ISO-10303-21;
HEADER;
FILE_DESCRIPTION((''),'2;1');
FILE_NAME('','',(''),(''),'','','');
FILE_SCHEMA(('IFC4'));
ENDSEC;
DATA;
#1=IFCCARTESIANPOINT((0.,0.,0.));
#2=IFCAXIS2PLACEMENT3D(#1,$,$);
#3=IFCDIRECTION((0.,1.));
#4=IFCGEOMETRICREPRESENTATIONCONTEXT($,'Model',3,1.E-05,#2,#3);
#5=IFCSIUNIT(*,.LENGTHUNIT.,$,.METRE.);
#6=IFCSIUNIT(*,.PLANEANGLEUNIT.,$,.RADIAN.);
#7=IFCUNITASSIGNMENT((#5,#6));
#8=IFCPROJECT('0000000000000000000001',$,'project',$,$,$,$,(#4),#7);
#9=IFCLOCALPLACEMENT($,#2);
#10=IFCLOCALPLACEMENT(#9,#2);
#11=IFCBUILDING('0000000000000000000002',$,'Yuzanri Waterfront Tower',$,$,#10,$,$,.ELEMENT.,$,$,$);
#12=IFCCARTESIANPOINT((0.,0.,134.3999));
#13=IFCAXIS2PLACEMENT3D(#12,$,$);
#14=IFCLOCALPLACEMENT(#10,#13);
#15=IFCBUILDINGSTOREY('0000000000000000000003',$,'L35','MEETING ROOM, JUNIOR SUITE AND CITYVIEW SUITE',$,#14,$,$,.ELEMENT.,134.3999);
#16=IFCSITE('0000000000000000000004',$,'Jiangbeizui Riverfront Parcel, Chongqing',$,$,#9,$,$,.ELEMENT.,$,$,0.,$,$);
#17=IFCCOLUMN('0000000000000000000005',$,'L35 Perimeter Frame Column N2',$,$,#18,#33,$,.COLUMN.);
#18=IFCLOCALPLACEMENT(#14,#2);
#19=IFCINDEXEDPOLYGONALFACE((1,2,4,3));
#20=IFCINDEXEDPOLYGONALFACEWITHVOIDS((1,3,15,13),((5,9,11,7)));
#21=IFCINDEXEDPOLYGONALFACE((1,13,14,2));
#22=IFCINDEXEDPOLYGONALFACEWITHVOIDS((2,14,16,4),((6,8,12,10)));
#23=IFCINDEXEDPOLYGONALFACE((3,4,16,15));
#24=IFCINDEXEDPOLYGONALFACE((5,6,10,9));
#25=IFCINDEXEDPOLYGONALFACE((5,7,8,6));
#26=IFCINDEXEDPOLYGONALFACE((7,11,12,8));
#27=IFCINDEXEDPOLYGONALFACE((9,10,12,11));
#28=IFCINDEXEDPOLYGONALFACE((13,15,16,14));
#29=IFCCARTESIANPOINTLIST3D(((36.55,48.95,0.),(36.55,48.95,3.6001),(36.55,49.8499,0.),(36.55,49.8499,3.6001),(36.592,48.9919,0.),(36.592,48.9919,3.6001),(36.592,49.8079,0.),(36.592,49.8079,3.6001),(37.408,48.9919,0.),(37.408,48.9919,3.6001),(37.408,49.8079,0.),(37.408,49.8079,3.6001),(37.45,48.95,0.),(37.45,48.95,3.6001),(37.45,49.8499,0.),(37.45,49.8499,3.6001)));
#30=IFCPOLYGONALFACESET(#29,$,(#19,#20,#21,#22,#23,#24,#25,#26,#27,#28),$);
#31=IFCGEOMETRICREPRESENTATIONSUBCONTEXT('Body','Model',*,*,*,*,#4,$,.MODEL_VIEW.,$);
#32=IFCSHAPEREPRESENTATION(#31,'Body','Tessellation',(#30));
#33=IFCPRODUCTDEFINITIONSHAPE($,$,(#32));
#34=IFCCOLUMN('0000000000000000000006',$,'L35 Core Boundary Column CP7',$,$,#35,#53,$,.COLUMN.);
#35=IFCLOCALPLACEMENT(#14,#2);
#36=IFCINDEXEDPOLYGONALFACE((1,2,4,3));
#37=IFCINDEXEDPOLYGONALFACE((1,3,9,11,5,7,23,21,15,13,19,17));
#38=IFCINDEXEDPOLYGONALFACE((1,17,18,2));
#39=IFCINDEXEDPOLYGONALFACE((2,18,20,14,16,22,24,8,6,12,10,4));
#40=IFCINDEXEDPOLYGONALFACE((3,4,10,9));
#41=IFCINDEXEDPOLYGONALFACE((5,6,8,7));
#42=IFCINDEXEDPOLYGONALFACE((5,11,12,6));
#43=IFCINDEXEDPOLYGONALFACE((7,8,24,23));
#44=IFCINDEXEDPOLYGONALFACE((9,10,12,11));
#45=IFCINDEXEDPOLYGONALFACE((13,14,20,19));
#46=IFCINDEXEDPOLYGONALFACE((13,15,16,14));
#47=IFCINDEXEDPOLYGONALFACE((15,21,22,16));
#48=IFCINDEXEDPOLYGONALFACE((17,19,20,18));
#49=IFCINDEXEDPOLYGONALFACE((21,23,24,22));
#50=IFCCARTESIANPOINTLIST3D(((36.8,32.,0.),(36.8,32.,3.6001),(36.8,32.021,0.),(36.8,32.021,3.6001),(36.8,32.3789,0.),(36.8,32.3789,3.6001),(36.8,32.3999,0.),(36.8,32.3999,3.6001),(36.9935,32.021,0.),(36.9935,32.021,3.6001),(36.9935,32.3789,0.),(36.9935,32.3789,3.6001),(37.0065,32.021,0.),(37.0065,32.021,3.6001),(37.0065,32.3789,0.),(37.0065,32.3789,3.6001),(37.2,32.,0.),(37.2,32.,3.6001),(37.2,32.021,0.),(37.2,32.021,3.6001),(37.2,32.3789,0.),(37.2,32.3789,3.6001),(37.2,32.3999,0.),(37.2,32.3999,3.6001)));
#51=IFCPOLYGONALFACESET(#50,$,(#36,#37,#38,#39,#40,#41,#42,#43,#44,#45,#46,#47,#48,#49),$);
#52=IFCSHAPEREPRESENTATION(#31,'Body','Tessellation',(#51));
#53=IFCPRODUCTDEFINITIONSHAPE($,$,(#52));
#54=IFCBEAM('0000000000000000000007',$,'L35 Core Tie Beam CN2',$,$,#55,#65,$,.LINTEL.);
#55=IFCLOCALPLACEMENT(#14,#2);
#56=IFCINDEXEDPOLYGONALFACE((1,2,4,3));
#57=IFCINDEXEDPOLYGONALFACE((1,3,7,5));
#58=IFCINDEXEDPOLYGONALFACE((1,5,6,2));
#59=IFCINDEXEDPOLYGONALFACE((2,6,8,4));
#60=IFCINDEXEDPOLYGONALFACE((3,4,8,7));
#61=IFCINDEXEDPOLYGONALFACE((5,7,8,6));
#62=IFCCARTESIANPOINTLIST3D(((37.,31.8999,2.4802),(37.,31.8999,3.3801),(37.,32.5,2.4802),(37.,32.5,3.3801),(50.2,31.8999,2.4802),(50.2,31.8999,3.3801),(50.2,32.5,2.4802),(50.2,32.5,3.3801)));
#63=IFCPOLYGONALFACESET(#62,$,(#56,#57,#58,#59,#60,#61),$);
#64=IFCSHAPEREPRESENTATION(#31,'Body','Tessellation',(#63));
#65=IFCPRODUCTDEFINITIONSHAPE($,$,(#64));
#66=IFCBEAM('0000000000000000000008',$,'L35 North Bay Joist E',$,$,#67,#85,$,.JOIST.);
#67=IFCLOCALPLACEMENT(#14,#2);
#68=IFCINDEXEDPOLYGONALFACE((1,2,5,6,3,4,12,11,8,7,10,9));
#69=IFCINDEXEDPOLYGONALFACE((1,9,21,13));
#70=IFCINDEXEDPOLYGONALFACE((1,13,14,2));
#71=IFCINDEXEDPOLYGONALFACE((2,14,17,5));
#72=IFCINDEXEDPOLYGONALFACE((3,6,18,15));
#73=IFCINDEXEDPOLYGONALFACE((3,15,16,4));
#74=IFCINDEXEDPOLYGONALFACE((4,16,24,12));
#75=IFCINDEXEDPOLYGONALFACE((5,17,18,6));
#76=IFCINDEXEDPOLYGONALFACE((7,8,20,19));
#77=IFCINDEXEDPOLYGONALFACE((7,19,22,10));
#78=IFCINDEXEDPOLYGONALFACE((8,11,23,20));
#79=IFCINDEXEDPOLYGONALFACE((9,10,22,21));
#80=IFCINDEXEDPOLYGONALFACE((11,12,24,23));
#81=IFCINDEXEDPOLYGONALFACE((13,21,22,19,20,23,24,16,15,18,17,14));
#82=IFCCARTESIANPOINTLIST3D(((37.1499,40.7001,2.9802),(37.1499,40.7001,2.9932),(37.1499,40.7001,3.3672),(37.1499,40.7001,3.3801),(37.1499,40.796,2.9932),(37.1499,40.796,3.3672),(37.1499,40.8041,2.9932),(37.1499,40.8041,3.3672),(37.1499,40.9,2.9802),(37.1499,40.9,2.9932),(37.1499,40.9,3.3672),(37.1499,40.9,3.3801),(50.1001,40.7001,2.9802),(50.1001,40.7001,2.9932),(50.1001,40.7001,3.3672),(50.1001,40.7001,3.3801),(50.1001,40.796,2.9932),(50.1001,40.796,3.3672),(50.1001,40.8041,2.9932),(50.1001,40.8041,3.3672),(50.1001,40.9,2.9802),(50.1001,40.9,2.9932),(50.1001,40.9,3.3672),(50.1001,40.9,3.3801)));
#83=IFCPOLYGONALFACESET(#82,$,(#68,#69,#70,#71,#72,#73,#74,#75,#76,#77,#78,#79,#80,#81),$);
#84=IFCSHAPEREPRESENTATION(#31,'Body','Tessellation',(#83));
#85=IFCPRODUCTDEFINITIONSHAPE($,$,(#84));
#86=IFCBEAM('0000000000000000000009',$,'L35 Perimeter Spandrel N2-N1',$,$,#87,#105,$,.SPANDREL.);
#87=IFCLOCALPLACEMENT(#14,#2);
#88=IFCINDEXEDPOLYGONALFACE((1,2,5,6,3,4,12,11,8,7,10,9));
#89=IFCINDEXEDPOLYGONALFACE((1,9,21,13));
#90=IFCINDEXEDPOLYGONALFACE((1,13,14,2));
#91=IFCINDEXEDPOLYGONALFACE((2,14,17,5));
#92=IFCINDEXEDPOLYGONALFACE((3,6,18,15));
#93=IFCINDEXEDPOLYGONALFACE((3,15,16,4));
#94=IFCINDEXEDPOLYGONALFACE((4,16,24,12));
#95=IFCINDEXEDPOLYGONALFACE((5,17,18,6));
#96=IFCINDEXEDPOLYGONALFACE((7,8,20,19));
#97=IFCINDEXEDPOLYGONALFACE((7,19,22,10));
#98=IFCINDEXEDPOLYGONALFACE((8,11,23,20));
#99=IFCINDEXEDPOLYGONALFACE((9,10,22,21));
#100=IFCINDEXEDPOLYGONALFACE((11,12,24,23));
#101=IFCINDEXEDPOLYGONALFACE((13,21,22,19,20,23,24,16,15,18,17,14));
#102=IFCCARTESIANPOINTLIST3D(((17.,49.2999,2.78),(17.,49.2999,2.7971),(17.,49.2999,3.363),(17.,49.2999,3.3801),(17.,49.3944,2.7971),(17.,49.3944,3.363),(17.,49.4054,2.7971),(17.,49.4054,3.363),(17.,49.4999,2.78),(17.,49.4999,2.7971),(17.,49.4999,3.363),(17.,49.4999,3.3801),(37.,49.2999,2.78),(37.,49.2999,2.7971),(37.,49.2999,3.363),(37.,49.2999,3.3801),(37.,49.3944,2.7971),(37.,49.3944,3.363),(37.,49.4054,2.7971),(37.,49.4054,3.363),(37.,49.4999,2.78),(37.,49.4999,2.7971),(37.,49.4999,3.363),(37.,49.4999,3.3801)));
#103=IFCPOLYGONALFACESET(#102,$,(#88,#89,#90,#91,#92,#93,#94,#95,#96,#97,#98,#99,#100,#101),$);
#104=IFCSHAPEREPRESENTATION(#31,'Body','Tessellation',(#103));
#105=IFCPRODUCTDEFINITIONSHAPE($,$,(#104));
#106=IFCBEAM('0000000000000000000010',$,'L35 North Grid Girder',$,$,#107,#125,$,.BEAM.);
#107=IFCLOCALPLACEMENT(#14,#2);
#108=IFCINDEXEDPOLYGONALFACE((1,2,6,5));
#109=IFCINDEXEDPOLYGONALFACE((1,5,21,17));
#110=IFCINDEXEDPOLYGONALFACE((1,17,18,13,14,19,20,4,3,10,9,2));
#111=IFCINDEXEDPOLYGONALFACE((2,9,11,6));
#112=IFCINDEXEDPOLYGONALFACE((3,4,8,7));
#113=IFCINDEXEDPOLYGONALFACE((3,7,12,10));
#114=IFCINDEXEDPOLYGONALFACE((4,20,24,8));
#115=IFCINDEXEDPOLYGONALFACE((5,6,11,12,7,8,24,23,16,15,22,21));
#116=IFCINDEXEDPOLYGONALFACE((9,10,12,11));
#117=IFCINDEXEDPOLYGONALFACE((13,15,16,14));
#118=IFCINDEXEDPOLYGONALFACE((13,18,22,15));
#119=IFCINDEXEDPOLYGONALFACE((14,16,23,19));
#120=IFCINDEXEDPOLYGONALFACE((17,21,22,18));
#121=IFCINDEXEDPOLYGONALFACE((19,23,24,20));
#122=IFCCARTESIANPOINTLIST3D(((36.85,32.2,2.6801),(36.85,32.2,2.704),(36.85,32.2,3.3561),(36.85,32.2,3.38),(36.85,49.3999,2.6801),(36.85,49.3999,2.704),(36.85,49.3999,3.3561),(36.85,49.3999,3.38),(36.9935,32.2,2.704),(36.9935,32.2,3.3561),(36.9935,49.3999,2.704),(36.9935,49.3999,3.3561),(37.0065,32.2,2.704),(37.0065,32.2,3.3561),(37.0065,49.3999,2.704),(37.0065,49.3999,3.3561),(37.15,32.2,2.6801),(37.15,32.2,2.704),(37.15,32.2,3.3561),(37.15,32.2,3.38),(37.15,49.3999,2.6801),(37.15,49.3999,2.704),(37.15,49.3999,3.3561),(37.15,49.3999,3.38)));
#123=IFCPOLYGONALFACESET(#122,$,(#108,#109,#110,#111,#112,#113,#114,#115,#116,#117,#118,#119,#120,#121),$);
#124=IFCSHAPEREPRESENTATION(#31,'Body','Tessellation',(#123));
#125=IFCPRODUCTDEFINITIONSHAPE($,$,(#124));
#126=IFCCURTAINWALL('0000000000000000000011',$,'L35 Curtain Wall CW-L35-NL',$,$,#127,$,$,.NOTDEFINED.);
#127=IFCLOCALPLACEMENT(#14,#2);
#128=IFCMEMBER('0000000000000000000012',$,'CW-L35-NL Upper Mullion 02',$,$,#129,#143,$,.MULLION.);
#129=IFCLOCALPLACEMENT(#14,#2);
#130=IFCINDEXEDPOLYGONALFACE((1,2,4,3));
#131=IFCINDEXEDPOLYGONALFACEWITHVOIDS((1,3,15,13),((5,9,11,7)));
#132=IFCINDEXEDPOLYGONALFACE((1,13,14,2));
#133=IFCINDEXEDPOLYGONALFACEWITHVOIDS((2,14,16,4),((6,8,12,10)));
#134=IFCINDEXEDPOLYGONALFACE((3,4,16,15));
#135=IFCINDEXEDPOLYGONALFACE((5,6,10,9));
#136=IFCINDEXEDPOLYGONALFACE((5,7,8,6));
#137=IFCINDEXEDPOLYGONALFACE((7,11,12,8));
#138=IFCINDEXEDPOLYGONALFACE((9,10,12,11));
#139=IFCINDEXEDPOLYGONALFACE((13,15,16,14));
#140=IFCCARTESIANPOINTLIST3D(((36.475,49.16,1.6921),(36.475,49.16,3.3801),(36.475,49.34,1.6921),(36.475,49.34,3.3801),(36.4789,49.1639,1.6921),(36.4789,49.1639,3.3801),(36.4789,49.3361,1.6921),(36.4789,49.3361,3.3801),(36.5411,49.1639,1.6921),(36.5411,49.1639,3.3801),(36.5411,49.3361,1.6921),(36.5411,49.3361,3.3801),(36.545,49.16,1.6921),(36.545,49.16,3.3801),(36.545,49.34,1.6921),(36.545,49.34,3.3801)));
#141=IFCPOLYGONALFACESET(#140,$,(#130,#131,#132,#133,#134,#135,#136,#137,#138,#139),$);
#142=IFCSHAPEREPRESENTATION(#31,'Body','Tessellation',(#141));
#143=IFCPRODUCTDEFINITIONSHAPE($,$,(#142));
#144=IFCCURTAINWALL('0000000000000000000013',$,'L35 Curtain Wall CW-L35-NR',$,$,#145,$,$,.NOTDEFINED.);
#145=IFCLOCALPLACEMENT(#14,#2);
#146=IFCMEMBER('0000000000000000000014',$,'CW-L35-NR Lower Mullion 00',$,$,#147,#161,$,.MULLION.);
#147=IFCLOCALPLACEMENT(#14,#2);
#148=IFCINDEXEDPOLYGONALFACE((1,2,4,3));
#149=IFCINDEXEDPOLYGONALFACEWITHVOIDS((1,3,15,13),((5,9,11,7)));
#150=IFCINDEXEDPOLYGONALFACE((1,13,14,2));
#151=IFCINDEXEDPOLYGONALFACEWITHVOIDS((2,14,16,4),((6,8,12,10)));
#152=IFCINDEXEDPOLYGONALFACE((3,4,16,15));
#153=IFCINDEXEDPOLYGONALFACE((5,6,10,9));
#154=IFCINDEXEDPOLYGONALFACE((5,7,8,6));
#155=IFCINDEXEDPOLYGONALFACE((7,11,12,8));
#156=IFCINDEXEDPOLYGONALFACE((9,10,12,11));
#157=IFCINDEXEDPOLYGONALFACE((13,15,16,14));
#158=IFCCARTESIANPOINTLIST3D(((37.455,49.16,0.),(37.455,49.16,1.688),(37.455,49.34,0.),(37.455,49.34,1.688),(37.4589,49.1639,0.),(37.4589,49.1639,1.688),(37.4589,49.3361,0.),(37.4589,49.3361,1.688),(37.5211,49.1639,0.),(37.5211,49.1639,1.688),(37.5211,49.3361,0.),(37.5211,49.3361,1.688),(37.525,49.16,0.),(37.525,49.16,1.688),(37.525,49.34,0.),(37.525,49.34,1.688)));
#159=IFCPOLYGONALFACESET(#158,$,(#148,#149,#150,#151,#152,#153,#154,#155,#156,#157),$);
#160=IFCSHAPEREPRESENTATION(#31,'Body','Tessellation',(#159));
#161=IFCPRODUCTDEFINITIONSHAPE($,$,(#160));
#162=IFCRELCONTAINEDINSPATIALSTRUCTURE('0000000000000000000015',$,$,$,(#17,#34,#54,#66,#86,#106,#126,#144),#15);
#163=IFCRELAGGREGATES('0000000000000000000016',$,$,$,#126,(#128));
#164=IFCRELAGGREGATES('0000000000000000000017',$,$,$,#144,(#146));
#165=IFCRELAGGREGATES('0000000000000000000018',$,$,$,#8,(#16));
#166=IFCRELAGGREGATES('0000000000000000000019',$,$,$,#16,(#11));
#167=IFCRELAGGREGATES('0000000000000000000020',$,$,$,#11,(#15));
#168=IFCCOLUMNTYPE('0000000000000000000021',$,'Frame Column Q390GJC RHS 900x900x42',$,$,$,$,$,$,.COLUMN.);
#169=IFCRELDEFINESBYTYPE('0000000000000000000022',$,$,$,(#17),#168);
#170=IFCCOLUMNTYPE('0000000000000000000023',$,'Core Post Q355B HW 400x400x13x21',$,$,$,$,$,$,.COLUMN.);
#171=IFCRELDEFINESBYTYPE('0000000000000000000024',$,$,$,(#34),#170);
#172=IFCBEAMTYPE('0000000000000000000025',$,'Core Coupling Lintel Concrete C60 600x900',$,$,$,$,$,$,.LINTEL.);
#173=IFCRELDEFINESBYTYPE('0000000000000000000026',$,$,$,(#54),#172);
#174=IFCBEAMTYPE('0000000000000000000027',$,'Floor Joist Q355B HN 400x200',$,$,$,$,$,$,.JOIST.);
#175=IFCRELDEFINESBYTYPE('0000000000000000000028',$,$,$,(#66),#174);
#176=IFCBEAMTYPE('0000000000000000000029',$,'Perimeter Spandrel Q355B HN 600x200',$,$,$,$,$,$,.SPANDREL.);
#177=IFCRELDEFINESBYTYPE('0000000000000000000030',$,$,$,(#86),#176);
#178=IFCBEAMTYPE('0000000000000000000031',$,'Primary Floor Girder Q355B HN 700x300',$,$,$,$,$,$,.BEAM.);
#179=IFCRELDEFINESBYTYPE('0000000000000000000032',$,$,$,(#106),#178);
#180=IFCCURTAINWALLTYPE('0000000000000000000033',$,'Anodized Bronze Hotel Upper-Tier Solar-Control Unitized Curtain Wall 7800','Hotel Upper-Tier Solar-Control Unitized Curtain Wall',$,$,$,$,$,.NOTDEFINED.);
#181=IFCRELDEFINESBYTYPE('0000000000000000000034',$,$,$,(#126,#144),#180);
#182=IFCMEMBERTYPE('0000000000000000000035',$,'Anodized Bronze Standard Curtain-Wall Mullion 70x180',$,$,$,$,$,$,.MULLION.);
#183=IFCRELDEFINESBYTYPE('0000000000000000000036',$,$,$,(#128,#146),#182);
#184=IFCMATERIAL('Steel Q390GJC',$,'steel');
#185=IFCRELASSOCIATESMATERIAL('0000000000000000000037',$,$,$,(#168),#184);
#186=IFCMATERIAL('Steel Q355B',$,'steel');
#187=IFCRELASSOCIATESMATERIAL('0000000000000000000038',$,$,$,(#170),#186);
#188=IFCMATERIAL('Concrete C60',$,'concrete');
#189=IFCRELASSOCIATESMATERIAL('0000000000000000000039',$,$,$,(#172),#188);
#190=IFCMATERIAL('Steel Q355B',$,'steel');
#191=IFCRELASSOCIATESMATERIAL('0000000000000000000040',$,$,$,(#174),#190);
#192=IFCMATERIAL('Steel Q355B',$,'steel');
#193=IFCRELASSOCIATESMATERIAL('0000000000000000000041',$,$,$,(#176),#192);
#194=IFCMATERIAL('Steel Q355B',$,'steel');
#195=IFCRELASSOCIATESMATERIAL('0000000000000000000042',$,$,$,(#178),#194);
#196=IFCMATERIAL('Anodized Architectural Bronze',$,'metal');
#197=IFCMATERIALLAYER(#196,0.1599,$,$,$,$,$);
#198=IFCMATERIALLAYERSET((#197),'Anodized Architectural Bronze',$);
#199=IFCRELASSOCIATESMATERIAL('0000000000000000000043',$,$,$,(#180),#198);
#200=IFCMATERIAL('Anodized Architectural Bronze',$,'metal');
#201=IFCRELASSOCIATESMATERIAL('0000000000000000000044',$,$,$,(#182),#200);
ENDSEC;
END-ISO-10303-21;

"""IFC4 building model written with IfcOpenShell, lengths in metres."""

from ifc_helpers import new_model, si_unit, direction, frame, origin, origin_2d, place, context, subcontext, project, spatial, rectangle, hollow_rectangle, i_section, extrude, source, transform, mapped, material, layer, layer_set, material_profile, profile_set, type_object, element, aggregate, save


model = new_model("IFC4")

# Units and contexts
model_context = context("Model", 3, precision=1e-05, world=origin(), true_north=direction((0.0, 1.0)))
body_context = subcontext(model_context, "Body", "Model", "MODEL_VIEW")
ifc_project = project(units=[si_unit("LENGTHUNIT", "METRE"), si_unit("PLANEANGLEUNIT", "RADIAN")], contexts=[model_context])

# Site, building, storey
site_placement = place(None, origin())
site = spatial("IfcSite", under=ifc_project, at=site_placement, Name="Jiangbeizui Riverfront Parcel, Chongqing", CompositionType="ELEMENT", RefElevation=0.0)
building_placement = place(site_placement, origin())
building = spatial("IfcBuilding", under=site, at=building_placement, Name="Yuzanri Waterfront Tower", CompositionType="ELEMENT")
storey_placement = place(building_placement, frame((0.0, 0.0, 134.3999)))
storey = spatial("IfcBuildingStorey", under=building, at=storey_placement, Name="L35", Description="MEETING ROOM, JUNIOR SUITE AND CITYVIEW SUITE", CompositionType="ELEMENT", Elevation=134.3999)

# Columns
ifc_material_1 = material(Name="Steel Q390GJC", Category="steel")
ifc_material_profile_1 = material_profile(ifc_material_1, hollow_rectangle(XDim=0.8999, YDim=0.8999, WallThickness=0.042, at=origin_2d()), Name="RHS 900x900x42")
ifc_profile_set_1 = profile_set([ifc_material_profile_1], Name="Steel Q390GJC")
column_type_1 = type_object("IfcColumnType", Name="Frame Column Q390GJC RHS 900x900x42", PredefinedType="COLUMN", material=ifc_profile_set_1)
shared_shape_1 = source(origin(), body_context, "Body", "SweptSolid", [
    extrude(hollow_rectangle(XDim=0.8999, YDim=0.8999, WallThickness=0.042, at=origin_2d()), origin(), (0.0, 0.0, 1.0), 3.6001),
])
column_1_placement = place(storey_placement, frame((37.0, 49.3999, 0.0), z_axis=(0.0, 0.0, 1.0), x_axis=(1.0, 0.0, 0.0)))
element("IfcColumn", 1, at=column_1_placement, inside=storey, type_object=column_type_1, Name="L35 Perimeter Frame Column N2", PredefinedType="COLUMN", context=body_context, shape_type="MappedRepresentation", body=[
    mapped(shared_shape_1, transform((0.0, 0.0, 0.0), scale=1.0)),
])
ifc_material_2 = material(Name="Steel Q355B", Category="steel")
ifc_material_profile_2 = material_profile(ifc_material_2, i_section(OverallWidth=0.3999, OverallDepth=0.3999, WebThickness=0.0129, FlangeThickness=0.021, at=origin_2d()), Name="HW 400x400x13x21")
ifc_profile_set_2 = profile_set([ifc_material_profile_2], Name="Steel Q355B")
column_type_2 = type_object("IfcColumnType", Name="Core Post Q355B HW 400x400x13x21", PredefinedType="COLUMN", material=ifc_profile_set_2)
shared_shape_2 = source(origin(), body_context, "Body", "SweptSolid", [
    extrude(i_section(OverallWidth=0.3999, OverallDepth=0.3999, WebThickness=0.0129, FlangeThickness=0.021, at=origin_2d()), origin(), (0.0, 0.0, 1.0), 3.6001),
])
column_2_placement = place(storey_placement, frame((37.0, 32.2, 0.0), z_axis=(0.0, 0.0, 1.0), x_axis=(1.0, 0.0, 0.0)))
element("IfcColumn", 2, at=column_2_placement, inside=storey, type_object=column_type_2, Name="L35 Core Boundary Column CP7", PredefinedType="COLUMN", context=body_context, shape_type="MappedRepresentation", body=[
    mapped(shared_shape_2, transform((0.0, 0.0, 0.0), scale=1.0)),
])

# Beams
ifc_material_3 = material(Name="Concrete C60", Category="concrete")
ifc_material_profile_3 = material_profile(ifc_material_3, rectangle(XDim=0.6001, YDim=0.8999, at=origin_2d()), Name="RC 600x900")
ifc_profile_set_3 = profile_set([ifc_material_profile_3], Name="Concrete C60")
beam_type_1 = type_object("IfcBeamType", Name="Core Coupling Lintel Concrete C60 600x900", PredefinedType="LINTEL", material=ifc_profile_set_3)
shared_shape_3 = source(origin(), body_context, "Body", "SweptSolid", [
    extrude(rectangle(XDim=0.6001, YDim=0.8999, at=origin_2d()), origin(), (0.0, 0.0, 1.0), 13.2),
])
beam_1_placement = place(storey_placement, frame((37.0, 32.2, 2.9302), z_axis=(1.0, 0.0, 0.0), x_axis=(0.0, 1.0, 0.0)))
element("IfcBeam", 3, at=beam_1_placement, inside=storey, type_object=beam_type_1, Name="L35 Core Tie Beam CN2", PredefinedType="LINTEL", context=body_context, shape_type="MappedRepresentation", body=[
    mapped(shared_shape_3, transform((0.0, 0.0, 0.0), scale=1.0)),
])
ifc_material_4 = material(Name="Steel Q355B", Category="steel")
ifc_material_profile_4 = material_profile(ifc_material_4, i_section(OverallWidth=0.2, OverallDepth=0.3999, WebThickness=0.0081, FlangeThickness=0.0129, at=origin_2d()), Name="HN 400x200x8x13")
ifc_profile_set_4 = profile_set([ifc_material_profile_4], Name="Steel Q355B")
beam_type_2 = type_object("IfcBeamType", Name="Floor Joist Q355B HN 400x200", PredefinedType="JOIST", material=ifc_profile_set_4)
shared_shape_4 = source(origin(), body_context, "Body", "SweptSolid", [
    extrude(i_section(OverallWidth=0.2, OverallDepth=0.3999, WebThickness=0.0081, FlangeThickness=0.0129, at=origin_2d()), origin(), (0.0, 0.0, 1.0), 12.9502),
])
beam_2_placement = place(storey_placement, frame((37.1499, 40.8, 3.1802), z_axis=(1.0, 0.0, 0.0), x_axis=(0.0, 1.0, 0.0)))
element("IfcBeam", 4, at=beam_2_placement, inside=storey, type_object=beam_type_2, Name="L35 North Bay Joist E", PredefinedType="JOIST", context=body_context, shape_type="MappedRepresentation", body=[
    mapped(shared_shape_4, transform((0.0, 0.0, 0.0), scale=1.0)),
])
ifc_material_5 = material(Name="Steel Q355B", Category="steel")
ifc_material_profile_5 = material_profile(ifc_material_5, i_section(OverallWidth=0.2, OverallDepth=0.6001, WebThickness=0.011, FlangeThickness=0.0171, at=origin_2d()), Name="HN 600x200x11x17")
ifc_profile_set_5 = profile_set([ifc_material_profile_5], Name="Steel Q355B")
beam_type_3 = type_object("IfcBeamType", Name="Perimeter Spandrel Q355B HN 600x200", PredefinedType="SPANDREL", material=ifc_profile_set_5)
shared_shape_5 = source(origin(), body_context, "Body", "SweptSolid", [
    extrude(i_section(OverallWidth=0.2, OverallDepth=0.6001, WebThickness=0.011, FlangeThickness=0.0171, at=origin_2d()), origin(), (0.0, 0.0, 1.0), 20.0),
])
beam_3_placement = place(storey_placement, frame((37.0, 49.3999, 3.0801), z_axis=(-1.0, 0.0, 0.0), x_axis=(0.0, -1.0, 0.0)))
element("IfcBeam", 5, at=beam_3_placement, inside=storey, type_object=beam_type_3, Name="L35 Perimeter Spandrel N2-N1", PredefinedType="SPANDREL", context=body_context, shape_type="MappedRepresentation", body=[
    mapped(shared_shape_5, transform((0.0, 0.0, 0.0), scale=1.0)),
])
ifc_material_6 = material(Name="Steel Q355B", Category="steel")
ifc_material_profile_6 = material_profile(ifc_material_6, i_section(OverallWidth=0.3, OverallDepth=0.7, WebThickness=0.0129, FlangeThickness=0.0239, at=origin_2d()), Name="HN 700x300x13x24")
ifc_profile_set_6 = profile_set([ifc_material_profile_6], Name="Steel Q355B")
beam_type_4 = type_object("IfcBeamType", Name="Primary Floor Girder Q355B HN 700x300", PredefinedType="BEAM", material=ifc_profile_set_6)
shared_shape_6 = source(origin(), body_context, "Body", "SweptSolid", [
    extrude(i_section(OverallWidth=0.3, OverallDepth=0.7, WebThickness=0.0129, FlangeThickness=0.0239, at=origin_2d()), origin(), (0.0, 0.0, 1.0), 17.2),
])
beam_4_placement = place(storey_placement, frame((37.0, 32.2, 3.03), z_axis=(0.0, 1.0, 0.0), x_axis=(-1.0, 0.0, 0.0)))
element("IfcBeam", 6, at=beam_4_placement, inside=storey, type_object=beam_type_4, Name="L35 North Grid Girder", PredefinedType="BEAM", context=body_context, shape_type="MappedRepresentation", body=[
    mapped(shared_shape_6, transform((0.0, 0.0, 0.0), scale=1.0)),
])

# Curtain wall, member
ifc_material_7 = material(Name="Anodized Architectural Bronze", Category="metal")
ifc_layer_1 = layer(ifc_material_7, 0.1599)
ifc_layer_set_1 = layer_set([ifc_layer_1], Name="Anodized Architectural Bronze")
curtain_wall_type = type_object("IfcCurtainWallType", Name="Anodized Bronze Hotel Upper-Tier Solar-Control Unitized Curtain Wall 7800", Description="Hotel Upper-Tier Solar-Control Unitized Curtain Wall", PredefinedType="NOTDEFINED", material=ifc_layer_set_1)
curtain_wall_1_placement = place(storey_placement, origin())
curtain_wall_1 = element("IfcCurtainWall", 7, at=curtain_wall_1_placement, inside=storey, type_object=curtain_wall_type, Name="L35 Curtain Wall CW-L35-NL", PredefinedType="NOTDEFINED")
ifc_material_8 = material(Name="Anodized Architectural Bronze", Category="metal")
ifc_material_profile_7 = material_profile(ifc_material_8, hollow_rectangle(XDim=0.0701, YDim=0.1799, WallThickness=0.0039, at=origin_2d()), Name="CWM 70x180")
ifc_profile_set_7 = profile_set([ifc_material_profile_7], Name="Anodized Architectural Bronze")
member_type_1 = type_object("IfcMemberType", Name="Anodized Bronze Standard Curtain-Wall Mullion 70x180", PredefinedType="MULLION", material=ifc_profile_set_7)
shared_shape_7 = source(origin(), body_context, "Body", "SweptSolid", [
    extrude(hollow_rectangle(XDim=0.0701, YDim=0.1799, WallThickness=0.0039, at=origin_2d()), origin(), (0.0, 0.0, 1.0), 1.688),
])
member_1_placement = place(storey_placement, frame((36.51, 49.25, 1.6921), z_axis=(0.0, 0.0, 1.0), x_axis=(1.0, 0.0, 0.0)))
member_1 = element("IfcMember", 8, at=member_1_placement, type_object=member_type_1, Name="CW-L35-NL Upper Mullion 02", PredefinedType="MULLION", context=body_context, shape_type="MappedRepresentation", body=[
    mapped(shared_shape_7, transform((0.0, 0.0, 0.0), scale=1.0)),
])
aggregate(curtain_wall_1, [member_1])

# Curtain wall, member
curtain_wall_2_placement = place(storey_placement, origin())
curtain_wall_2 = element("IfcCurtainWall", 9, at=curtain_wall_2_placement, inside=storey, type_object=curtain_wall_type, Name="L35 Curtain Wall CW-L35-NR", PredefinedType="NOTDEFINED")
member_2_placement = place(storey_placement, frame((37.49, 49.25, 0.0), z_axis=(0.0, 0.0, 1.0), x_axis=(1.0, 0.0, 0.0)))
member_2 = element("IfcMember", 10, at=member_2_placement, type_object=member_type_1, Name="CW-L35-NR Lower Mullion 00", PredefinedType="MULLION", context=body_context, shape_type="MappedRepresentation", body=[
    mapped(shared_shape_7, transform((0.0, 0.0, 0.0), scale=1.0)),
])
aggregate(curtain_wall_2, [member_2])

save(model, "model.ifc")
